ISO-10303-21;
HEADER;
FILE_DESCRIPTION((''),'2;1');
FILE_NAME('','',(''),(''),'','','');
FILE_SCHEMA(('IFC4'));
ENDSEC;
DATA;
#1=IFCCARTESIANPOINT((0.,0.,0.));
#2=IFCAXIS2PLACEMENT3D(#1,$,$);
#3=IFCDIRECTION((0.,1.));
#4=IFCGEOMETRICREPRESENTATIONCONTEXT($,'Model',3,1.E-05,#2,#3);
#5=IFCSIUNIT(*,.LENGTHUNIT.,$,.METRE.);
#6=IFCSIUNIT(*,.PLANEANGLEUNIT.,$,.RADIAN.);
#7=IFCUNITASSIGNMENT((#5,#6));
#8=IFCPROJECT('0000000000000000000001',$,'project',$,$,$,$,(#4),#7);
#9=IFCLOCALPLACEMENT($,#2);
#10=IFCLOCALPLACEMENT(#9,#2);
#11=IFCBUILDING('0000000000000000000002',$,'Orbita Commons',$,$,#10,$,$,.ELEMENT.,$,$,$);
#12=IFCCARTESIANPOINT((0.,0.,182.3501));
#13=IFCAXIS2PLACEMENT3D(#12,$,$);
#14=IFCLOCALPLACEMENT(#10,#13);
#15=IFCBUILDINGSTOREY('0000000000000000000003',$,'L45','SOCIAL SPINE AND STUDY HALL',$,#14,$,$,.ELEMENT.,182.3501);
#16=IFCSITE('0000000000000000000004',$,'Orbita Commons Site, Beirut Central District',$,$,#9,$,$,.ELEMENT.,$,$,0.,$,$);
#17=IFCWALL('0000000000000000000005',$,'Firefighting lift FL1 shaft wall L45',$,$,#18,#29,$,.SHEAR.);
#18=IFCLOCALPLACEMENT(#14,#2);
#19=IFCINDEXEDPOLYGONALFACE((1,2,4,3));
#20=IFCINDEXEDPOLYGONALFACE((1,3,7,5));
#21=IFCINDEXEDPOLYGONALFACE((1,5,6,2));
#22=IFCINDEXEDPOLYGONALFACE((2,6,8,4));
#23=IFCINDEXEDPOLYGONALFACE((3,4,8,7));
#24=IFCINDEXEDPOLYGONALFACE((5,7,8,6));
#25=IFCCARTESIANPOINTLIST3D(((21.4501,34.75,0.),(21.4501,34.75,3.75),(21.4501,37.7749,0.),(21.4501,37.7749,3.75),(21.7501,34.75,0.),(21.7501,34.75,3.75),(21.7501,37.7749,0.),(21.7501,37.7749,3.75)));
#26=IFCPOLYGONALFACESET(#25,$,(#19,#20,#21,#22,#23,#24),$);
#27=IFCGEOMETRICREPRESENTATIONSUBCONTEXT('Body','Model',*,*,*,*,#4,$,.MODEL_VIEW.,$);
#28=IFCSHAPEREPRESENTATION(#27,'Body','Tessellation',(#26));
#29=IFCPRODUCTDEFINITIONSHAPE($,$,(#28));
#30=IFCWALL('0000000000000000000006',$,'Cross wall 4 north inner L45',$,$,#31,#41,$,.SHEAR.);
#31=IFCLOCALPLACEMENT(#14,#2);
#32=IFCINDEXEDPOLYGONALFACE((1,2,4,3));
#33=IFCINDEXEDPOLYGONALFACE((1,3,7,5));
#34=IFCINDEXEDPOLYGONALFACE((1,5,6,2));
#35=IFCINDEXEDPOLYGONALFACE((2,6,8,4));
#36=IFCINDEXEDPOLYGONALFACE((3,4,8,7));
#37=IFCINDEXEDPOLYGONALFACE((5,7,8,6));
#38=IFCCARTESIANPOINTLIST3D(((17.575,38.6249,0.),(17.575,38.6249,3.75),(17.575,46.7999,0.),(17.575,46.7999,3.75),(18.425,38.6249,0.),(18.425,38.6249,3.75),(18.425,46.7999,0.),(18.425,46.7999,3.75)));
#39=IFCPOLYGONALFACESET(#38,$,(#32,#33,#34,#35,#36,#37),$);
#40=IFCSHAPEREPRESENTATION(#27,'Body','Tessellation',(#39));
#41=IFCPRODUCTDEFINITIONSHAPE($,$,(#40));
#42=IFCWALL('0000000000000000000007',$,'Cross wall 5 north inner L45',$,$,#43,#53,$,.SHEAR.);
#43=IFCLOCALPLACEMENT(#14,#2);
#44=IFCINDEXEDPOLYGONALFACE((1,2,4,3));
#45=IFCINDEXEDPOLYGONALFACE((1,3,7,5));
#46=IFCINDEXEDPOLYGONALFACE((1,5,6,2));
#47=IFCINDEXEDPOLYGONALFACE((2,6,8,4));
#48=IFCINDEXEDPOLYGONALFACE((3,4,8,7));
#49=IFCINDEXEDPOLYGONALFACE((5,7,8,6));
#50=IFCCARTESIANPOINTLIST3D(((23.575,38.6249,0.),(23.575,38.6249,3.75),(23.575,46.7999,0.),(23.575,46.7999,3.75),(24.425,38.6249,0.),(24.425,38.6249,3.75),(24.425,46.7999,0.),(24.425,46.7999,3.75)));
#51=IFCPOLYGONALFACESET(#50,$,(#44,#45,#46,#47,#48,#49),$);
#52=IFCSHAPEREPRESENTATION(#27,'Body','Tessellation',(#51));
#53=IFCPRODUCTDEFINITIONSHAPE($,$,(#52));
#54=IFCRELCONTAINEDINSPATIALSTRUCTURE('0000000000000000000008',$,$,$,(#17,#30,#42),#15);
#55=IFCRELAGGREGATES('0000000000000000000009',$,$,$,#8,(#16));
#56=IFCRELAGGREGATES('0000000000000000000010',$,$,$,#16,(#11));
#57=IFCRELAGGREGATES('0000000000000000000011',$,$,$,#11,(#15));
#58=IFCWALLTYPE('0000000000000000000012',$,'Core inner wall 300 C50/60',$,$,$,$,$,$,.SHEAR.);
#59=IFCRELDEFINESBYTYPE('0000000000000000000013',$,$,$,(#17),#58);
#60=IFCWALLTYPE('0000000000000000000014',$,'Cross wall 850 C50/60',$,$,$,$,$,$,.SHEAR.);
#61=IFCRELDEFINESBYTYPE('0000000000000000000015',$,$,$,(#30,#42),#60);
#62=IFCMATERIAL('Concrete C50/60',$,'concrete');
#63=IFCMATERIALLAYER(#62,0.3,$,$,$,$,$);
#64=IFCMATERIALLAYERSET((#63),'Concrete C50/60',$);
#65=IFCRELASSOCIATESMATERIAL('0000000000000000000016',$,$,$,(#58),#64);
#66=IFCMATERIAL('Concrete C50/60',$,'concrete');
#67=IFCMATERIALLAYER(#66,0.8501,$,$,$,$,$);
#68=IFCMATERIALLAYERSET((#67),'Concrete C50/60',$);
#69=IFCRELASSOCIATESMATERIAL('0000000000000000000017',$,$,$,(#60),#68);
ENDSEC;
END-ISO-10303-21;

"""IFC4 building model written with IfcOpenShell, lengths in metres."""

from ifc_helpers import new_model, si_unit, direction, frame, frame_2d, origin, place, context, subcontext, project, spatial, rectangle, extrude, material, layer, layer_set, type_object, element, save


model = new_model("IFC4")

# Units and contexts
model_context = context("Model", 3, precision=1e-05, world=origin(), true_north=direction((0.0, 1.0)))
body_context = subcontext(model_context, "Body", "Model", "MODEL_VIEW")
ifc_project = project(units=[si_unit("LENGTHUNIT", "METRE"), si_unit("PLANEANGLEUNIT", "RADIAN")], contexts=[model_context])

# Site, building, storey
site_placement = place(None, origin())
site = spatial("IfcSite", under=ifc_project, at=site_placement, Name="Orbita Commons Site, Beirut Central District", CompositionType="ELEMENT", RefElevation=0.0)
building_placement = place(site_placement, origin())
building = spatial("IfcBuilding", under=site, at=building_placement, Name="Orbita Commons", CompositionType="ELEMENT")
storey_placement = place(building_placement, frame((0.0, 0.0, 182.3501)))
storey = spatial("IfcBuildingStorey", under=building, at=storey_placement, Name="L45", Description="SOCIAL SPINE AND STUDY HALL", CompositionType="ELEMENT", Elevation=182.3501)

# Walls
ifc_material_1 = material(Name="Concrete C50/60", Category="concrete")
ifc_layer_1 = layer(ifc_material_1, 0.3)
ifc_layer_set_1 = layer_set([ifc_layer_1], Name="Concrete C50/60")
wall_type_1 = type_object("IfcWallType", Name="Core inner wall 300 C50/60", PredefinedType="SHEAR", material=ifc_layer_set_1)
wall_placement = place(storey_placement, frame((21.6001, 34.75, 0.0), z_axis=(0.0, 0.0, 1.0), x_axis=(0.0, 1.0, 0.0)))
element("IfcWall", 1, at=wall_placement, inside=storey, type_object=wall_type_1, Name="Firefighting lift FL1 shaft wall L45", PredefinedType="SHEAR", context=body_context, shape_type="SweptSolid", body=[
    extrude(rectangle(XDim=3.0249, YDim=0.3, at=frame_2d((1.5125, 0.0))), origin(), (0.0, 0.0, 1.0), 3.75),
])
ifc_material_2 = material(Name="Concrete C50/60", Category="concrete")
ifc_layer_2 = layer(ifc_material_2, 0.8501)
ifc_layer_set_2 = layer_set([ifc_layer_2], Name="Concrete C50/60")
wall_type_2 = type_object("IfcWallType", Name="Cross wall 850 C50/60", PredefinedType="SHEAR", material=ifc_layer_set_2)
for number, where, z_axis, x_axis, name in (
    (2, (18.0, 38.625, 0.0), (0.0, 0.0, 1.0), (0.0, 1.0, 0.0), "Cross wall 4 north inner L45"),
    (3, (24.0, 38.625, 0.0), (0.0, 0.0, 1.0), (0.0, 1.0, 0.0), "Cross wall 5 north inner L45"),
):
    element("IfcWall", number, at=place(storey_placement, frame(where, z_axis=z_axis, x_axis=x_axis)), inside=storey, type_object=wall_type_2, Name=name, PredefinedType="SHEAR", context=body_context, shape_type="SweptSolid", body=[
        extrude(rectangle(XDim=8.175, YDim=0.8501, at=frame_2d((4.0874, 0.0))), origin(), (0.0, 0.0, 1.0), 3.75),
    ])

save(model, "model.ifc")
